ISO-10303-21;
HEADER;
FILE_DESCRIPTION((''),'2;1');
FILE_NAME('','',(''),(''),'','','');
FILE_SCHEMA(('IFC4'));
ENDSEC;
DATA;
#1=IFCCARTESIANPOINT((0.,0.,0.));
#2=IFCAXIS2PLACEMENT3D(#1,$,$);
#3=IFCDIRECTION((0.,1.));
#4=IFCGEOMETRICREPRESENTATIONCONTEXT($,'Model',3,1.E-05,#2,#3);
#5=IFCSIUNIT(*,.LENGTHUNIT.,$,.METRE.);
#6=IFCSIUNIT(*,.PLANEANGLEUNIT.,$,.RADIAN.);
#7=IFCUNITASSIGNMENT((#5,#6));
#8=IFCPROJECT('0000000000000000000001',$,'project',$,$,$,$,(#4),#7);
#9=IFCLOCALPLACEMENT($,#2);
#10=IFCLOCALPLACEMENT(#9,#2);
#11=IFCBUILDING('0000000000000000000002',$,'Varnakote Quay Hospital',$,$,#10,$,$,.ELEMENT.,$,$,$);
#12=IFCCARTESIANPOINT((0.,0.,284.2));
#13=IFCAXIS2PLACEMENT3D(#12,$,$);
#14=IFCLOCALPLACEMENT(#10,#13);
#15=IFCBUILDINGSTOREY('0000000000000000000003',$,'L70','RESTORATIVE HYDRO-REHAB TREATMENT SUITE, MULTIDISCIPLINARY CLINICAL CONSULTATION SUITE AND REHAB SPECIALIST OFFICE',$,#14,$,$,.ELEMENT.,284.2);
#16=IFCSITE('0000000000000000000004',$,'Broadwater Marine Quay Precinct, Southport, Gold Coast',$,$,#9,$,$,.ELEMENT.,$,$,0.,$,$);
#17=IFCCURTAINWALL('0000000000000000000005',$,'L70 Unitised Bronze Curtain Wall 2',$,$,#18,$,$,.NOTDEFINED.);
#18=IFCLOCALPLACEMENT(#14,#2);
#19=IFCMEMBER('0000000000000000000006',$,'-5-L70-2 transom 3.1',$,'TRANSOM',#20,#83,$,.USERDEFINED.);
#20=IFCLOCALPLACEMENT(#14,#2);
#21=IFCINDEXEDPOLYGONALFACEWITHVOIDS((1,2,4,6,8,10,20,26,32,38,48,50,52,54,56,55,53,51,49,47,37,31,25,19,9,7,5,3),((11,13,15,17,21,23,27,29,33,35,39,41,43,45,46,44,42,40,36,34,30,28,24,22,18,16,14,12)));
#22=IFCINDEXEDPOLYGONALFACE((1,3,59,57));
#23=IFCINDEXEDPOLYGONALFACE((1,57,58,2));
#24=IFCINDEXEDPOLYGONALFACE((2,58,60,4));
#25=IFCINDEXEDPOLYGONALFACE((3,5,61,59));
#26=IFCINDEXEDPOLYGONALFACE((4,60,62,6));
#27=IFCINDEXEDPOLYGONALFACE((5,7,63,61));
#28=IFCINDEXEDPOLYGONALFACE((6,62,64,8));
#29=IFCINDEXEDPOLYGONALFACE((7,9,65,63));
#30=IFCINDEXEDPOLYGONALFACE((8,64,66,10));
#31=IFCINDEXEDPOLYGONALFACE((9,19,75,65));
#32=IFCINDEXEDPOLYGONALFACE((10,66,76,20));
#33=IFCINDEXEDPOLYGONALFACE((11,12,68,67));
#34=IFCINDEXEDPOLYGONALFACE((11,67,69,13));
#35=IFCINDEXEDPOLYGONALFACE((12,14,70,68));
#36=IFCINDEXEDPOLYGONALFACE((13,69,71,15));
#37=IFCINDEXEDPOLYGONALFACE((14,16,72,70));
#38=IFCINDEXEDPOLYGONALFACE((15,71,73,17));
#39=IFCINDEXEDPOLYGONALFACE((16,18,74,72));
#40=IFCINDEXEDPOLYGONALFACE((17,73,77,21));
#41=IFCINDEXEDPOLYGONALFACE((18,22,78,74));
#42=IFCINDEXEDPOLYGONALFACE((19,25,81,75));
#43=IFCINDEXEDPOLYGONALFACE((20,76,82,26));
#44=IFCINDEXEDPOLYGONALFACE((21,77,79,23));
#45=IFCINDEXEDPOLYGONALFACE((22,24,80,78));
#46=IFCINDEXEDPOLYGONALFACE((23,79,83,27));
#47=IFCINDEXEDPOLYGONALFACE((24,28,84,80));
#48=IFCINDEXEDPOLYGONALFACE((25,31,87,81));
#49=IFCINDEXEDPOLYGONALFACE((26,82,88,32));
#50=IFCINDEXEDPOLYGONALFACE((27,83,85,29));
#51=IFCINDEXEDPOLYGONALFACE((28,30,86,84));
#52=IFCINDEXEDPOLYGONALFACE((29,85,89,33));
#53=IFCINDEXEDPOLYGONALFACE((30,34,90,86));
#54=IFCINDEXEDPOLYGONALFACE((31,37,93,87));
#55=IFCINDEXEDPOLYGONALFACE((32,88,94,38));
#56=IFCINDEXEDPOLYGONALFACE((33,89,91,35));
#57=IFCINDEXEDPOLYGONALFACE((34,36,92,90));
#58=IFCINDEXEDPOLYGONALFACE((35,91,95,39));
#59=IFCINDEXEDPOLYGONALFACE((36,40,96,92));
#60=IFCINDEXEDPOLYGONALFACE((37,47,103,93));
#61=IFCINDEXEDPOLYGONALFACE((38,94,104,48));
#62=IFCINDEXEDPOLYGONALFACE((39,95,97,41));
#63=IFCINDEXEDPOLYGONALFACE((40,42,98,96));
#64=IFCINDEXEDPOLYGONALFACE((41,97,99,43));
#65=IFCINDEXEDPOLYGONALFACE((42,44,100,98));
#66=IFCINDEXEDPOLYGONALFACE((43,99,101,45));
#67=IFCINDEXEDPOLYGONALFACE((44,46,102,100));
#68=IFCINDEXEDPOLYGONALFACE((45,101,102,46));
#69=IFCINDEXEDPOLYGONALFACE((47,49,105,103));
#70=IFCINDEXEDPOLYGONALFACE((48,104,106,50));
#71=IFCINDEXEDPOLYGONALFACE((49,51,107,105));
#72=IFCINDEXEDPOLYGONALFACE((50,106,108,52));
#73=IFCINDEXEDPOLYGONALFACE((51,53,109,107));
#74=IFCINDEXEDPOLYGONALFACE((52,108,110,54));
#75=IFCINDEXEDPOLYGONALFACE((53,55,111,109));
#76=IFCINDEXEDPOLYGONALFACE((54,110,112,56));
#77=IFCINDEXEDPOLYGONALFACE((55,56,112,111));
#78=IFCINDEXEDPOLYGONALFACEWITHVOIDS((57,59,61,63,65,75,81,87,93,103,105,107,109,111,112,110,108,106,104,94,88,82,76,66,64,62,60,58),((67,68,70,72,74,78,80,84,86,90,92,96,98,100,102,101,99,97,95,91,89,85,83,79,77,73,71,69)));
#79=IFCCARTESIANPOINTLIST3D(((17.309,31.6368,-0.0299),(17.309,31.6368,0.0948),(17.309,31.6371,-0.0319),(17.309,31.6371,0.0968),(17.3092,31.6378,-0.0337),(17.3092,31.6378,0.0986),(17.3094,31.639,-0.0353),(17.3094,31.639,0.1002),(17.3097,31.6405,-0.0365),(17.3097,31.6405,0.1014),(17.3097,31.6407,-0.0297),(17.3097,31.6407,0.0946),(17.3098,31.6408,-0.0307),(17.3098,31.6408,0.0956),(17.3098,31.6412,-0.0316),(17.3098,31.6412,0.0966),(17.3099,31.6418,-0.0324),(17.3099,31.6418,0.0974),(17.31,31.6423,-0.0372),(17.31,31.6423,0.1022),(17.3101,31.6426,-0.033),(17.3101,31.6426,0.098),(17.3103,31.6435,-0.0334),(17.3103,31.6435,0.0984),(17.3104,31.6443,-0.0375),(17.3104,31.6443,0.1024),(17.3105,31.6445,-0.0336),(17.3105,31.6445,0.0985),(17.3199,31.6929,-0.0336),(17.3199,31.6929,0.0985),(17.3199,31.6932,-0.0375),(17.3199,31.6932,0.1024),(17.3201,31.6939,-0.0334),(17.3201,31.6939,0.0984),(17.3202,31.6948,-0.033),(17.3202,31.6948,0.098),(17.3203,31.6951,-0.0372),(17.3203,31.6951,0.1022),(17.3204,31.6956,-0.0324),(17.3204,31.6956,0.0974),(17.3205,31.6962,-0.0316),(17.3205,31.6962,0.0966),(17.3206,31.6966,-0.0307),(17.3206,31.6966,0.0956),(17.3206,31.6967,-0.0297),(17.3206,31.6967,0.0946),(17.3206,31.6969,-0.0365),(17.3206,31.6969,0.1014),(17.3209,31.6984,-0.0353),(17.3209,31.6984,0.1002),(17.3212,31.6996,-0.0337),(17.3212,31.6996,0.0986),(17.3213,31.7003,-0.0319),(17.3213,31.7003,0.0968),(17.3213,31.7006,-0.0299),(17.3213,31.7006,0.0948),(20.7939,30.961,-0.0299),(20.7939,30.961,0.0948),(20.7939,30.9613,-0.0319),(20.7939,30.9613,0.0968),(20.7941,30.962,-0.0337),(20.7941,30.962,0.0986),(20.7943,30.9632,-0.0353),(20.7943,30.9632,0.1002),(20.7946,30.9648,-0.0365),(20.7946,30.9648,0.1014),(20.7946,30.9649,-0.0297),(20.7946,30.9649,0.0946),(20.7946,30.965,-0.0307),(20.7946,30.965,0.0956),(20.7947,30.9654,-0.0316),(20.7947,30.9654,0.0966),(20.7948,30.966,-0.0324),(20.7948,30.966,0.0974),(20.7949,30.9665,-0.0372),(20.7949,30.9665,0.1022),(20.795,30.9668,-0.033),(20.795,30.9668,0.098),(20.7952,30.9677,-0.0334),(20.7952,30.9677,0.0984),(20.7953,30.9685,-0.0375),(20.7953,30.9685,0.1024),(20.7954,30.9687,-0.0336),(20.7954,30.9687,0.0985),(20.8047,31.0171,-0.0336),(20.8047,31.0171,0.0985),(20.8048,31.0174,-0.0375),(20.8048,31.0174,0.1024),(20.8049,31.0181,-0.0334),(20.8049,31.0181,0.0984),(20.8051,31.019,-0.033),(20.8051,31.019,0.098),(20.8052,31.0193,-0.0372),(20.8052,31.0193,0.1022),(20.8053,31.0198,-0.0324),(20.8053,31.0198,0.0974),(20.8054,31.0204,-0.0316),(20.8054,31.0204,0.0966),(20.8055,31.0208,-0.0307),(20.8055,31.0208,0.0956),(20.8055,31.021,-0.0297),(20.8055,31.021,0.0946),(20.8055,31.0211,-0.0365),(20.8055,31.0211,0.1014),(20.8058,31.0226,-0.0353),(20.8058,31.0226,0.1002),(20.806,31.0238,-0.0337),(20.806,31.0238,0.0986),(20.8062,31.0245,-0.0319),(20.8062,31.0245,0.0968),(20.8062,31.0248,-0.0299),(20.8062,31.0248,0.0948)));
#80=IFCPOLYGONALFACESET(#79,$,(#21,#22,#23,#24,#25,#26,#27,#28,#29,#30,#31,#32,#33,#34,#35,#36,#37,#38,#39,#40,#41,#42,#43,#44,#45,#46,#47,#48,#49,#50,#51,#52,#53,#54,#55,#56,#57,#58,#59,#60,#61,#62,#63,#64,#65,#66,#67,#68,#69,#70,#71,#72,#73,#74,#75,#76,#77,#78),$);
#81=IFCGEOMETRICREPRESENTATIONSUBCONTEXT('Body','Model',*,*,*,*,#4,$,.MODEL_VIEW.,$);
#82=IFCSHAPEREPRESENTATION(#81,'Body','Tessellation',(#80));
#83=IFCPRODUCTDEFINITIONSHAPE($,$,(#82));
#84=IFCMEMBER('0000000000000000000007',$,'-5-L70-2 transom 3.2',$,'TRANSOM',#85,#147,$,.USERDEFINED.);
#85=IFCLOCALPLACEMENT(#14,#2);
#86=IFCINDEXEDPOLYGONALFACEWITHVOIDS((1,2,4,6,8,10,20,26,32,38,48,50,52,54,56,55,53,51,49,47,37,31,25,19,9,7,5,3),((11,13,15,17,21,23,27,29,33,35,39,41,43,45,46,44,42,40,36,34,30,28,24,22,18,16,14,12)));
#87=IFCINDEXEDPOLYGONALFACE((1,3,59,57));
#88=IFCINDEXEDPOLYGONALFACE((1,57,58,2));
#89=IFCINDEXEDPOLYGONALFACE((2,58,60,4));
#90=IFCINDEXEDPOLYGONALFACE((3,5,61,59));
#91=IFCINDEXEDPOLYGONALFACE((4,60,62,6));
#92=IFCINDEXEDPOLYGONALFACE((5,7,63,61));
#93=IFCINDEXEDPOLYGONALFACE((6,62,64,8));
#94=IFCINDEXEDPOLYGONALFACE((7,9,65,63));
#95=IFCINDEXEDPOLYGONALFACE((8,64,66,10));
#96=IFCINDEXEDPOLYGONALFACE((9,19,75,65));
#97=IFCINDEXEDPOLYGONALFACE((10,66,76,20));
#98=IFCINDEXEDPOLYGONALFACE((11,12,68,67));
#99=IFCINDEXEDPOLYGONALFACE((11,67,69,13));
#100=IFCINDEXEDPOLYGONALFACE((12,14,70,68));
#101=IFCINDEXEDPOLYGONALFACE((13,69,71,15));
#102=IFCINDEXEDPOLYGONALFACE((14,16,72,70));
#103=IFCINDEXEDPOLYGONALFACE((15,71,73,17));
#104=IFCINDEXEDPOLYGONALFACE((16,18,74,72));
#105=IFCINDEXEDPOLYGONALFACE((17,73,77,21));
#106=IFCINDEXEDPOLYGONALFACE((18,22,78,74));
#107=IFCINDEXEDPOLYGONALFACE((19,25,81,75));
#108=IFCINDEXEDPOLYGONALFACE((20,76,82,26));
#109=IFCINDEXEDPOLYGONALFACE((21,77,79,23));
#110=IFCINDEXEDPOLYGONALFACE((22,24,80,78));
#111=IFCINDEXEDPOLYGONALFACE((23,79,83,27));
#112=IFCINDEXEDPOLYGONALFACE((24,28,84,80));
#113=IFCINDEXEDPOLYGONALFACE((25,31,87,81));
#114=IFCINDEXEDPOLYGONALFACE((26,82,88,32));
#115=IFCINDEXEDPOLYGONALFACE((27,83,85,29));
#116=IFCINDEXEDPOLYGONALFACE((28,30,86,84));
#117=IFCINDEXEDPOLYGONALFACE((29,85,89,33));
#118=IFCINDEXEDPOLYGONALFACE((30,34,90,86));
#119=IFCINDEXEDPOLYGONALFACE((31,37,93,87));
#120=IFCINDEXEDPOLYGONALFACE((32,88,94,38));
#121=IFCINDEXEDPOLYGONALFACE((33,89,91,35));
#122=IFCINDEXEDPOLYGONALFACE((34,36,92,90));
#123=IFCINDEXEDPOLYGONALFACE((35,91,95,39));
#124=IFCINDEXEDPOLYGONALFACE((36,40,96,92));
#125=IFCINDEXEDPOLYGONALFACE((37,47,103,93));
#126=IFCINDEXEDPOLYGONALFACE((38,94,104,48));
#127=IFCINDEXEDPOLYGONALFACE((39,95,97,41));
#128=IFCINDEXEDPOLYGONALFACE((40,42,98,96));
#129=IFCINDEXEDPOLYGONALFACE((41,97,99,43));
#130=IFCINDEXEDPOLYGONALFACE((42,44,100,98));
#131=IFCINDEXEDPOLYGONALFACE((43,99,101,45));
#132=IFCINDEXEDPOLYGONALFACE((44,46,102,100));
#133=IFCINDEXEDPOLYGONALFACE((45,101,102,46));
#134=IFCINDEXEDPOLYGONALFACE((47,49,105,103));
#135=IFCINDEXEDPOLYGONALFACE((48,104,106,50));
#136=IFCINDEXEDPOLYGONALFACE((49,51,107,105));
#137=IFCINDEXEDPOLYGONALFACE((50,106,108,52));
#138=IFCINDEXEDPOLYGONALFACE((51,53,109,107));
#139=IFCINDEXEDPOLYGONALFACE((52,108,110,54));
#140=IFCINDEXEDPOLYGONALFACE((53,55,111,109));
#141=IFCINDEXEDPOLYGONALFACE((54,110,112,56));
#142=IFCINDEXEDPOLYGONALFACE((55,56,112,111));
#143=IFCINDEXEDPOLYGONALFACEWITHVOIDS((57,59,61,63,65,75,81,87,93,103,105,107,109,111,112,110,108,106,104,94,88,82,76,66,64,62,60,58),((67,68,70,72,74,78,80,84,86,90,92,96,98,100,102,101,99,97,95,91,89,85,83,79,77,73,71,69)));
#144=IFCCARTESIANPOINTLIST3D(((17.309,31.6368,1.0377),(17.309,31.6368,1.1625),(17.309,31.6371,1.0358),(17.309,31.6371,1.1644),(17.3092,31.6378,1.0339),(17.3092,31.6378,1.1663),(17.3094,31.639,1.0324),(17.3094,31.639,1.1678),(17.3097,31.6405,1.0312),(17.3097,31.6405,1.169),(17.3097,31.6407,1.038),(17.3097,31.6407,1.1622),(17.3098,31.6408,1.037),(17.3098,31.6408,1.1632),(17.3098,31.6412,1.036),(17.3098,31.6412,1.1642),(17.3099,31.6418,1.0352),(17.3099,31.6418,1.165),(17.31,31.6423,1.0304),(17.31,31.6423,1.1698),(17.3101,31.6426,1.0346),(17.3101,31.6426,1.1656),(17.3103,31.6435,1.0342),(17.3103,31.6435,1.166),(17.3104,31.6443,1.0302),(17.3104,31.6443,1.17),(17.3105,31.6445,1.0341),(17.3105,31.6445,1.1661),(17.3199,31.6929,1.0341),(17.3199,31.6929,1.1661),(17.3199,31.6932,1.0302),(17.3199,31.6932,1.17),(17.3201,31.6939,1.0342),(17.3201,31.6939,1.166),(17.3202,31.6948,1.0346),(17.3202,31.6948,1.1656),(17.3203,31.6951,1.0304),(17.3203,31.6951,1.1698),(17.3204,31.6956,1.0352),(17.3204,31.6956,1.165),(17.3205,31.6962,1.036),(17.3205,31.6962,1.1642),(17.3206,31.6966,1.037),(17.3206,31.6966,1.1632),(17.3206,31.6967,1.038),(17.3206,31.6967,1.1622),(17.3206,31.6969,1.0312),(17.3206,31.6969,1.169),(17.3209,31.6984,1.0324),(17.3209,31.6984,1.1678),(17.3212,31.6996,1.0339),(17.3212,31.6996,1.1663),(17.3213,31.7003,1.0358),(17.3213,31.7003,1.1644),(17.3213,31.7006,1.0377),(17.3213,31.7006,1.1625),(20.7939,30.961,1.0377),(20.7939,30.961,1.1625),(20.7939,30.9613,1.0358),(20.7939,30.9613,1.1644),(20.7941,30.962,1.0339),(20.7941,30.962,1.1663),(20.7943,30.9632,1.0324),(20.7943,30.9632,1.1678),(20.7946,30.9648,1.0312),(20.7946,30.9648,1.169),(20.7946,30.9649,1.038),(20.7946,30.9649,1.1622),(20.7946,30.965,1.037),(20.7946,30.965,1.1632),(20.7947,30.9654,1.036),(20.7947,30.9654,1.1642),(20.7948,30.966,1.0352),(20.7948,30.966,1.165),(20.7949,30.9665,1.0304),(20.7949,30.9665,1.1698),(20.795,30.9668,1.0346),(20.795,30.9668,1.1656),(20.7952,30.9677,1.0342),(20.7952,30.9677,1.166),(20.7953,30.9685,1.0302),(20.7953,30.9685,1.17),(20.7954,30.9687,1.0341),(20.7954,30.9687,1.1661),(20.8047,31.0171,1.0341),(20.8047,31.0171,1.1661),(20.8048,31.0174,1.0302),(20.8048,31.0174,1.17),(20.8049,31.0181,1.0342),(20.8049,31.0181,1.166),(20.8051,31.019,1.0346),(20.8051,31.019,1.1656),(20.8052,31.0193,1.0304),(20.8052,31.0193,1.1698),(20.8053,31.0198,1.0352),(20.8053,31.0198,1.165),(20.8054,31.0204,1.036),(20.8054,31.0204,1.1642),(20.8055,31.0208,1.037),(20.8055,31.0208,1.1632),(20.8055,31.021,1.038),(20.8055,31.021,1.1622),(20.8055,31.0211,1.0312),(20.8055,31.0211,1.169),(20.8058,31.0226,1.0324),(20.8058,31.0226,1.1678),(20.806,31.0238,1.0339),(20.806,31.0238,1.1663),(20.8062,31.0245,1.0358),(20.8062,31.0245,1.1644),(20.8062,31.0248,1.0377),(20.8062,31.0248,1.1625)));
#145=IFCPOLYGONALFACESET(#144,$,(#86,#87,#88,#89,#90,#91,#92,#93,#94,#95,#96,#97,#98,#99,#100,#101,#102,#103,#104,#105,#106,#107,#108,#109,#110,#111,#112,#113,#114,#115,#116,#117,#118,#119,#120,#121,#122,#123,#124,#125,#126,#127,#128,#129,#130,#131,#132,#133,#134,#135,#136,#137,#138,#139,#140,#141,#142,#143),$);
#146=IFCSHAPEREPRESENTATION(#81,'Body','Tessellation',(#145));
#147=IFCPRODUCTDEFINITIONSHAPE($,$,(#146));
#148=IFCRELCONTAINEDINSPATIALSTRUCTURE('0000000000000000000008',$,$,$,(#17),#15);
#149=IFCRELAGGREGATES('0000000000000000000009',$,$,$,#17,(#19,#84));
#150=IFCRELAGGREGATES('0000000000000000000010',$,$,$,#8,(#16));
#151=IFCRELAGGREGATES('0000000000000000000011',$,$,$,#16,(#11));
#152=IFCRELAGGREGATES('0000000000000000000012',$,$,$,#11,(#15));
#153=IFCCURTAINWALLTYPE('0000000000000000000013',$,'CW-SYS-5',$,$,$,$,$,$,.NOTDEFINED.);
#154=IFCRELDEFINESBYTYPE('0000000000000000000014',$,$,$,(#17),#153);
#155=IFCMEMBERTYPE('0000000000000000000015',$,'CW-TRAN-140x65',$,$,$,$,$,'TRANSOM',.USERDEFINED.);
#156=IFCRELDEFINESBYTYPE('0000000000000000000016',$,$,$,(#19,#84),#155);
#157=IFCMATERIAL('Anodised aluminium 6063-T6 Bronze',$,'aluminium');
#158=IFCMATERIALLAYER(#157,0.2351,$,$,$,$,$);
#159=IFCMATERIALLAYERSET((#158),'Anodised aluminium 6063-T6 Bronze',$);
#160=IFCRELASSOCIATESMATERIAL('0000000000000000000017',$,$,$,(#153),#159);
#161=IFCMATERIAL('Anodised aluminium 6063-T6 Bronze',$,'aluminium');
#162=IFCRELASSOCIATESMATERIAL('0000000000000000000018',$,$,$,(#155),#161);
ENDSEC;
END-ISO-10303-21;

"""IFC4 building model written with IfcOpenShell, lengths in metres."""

from ifc_helpers import new_model, si_unit, direction, frame, origin, origin_2d, place, context, subcontext, project, spatial, hollow_rectangle, extrude, material, layer, layer_set, material_profile, profile_set, type_object, element, aggregate, save


model = new_model("IFC4")

# Units and contexts
model_context = context("Model", 3, precision=1e-05, world=origin(), true_north=direction((0.0, 1.0)))
body_context = subcontext(model_context, "Body", "Model", "MODEL_VIEW")
ifc_project = project(units=[si_unit("LENGTHUNIT", "METRE"), si_unit("PLANEANGLEUNIT", "RADIAN")], contexts=[model_context])

# Site, building, storey
site_placement = place(None, origin())
site = spatial("IfcSite", under=ifc_project, at=site_placement, Name="Broadwater Marine Quay Precinct, Southport, Gold Coast", CompositionType="ELEMENT", RefElevation=0.0)
building_placement = place(site_placement, origin())
building = spatial("IfcBuilding", under=site, at=building_placement, Name="Varnakote Quay Hospital", CompositionType="ELEMENT")
storey_placement = place(building_placement, frame((0.0, 0.0, 284.2)))
storey = spatial("IfcBuildingStorey", under=building, at=storey_placement, Name="L70", Description="RESTORATIVE HYDRO-REHAB TREATMENT SUITE, MULTIDISCIPLINARY CLINICAL CONSULTATION SUITE AND REHAB SPECIALIST OFFICE", CompositionType="ELEMENT", Elevation=284.2)

# Shared definitions
ifc_material_1 = material(Name="Anodised aluminium 6063-T6 Bronze", Category="aluminium")
ifc_layer_1 = layer(ifc_material_1, 0.2351)
ifc_layer_set_1 = layer_set([ifc_layer_1], Name="Anodised aluminium 6063-T6 Bronze")
curtain_wall_type = type_object("IfcCurtainWallType", Name="CW-SYS-5", PredefinedType="NOTDEFINED", material=ifc_layer_set_1)

# Curtain wall, members
curtain_wall_1_placement = place(storey_placement, origin())
curtain_wall_1 = element("IfcCurtainWall", 1, at=curtain_wall_1_placement, inside=storey, type_object=curtain_wall_type, Name="L70 Unitised Bronze Curtain Wall 2", PredefinedType="NOTDEFINED")
ifc_material_2 = material(Name="Anodised aluminium 6063-T6 Bronze", Category="aluminium")
ifc_material_profile_1 = material_profile(ifc_material_2, hollow_rectangle(XDim=0.0649, YDim=0.1399, WallThickness=0.0039, InnerFilletRadius=0.0039, OuterFilletRadius=0.0076, at=origin_2d()), Name="CW-TRAN-140x65")
ifc_profile_set_1 = profile_set([ifc_material_profile_1], Name="Anodised aluminium 6063-T6 Bronze")
member_type_1 = type_object("IfcMemberType", Name="CW-TRAN-140x65", ElementType="TRANSOM", PredefinedType="USERDEFINED", material=ifc_profile_set_1)
member_1_placement = place(storey_placement, frame((20.8, 30.9929, 0.0325), z_axis=(-0.981712, 0.190373, 0.0), x_axis=(-0.190373, -0.981712, 0.0)))
member_1 = element("IfcMember", 2, at=member_1_placement, type_object=member_type_1, Name="-5-L70-2 transom 3.1", ObjectType="TRANSOM", PredefinedType="USERDEFINED", context=body_context, shape_type="SweptSolid", body=[
    extrude(hollow_rectangle(XDim=0.0649, YDim=0.1399, WallThickness=0.0039, InnerFilletRadius=0.0039, OuterFilletRadius=0.0076, at=origin_2d()), origin(), (0.0, 0.0, 1.0), 3.5498),
])
member_2_placement = place(storey_placement, frame((20.8, 30.9929, 1.1001), z_axis=(-0.981712, 0.190373, 0.0), x_axis=(-0.190373, -0.981712, 0.0)))
member_2 = element("IfcMember", 3, at=member_2_placement, type_object=member_type_1, Name="-5-L70-2 transom 3.2", ObjectType="TRANSOM", PredefinedType="USERDEFINED", context=body_context, shape_type="SweptSolid", body=[
    extrude(hollow_rectangle(XDim=0.0649, YDim=0.1399, WallThickness=0.0039, InnerFilletRadius=0.0039, OuterFilletRadius=0.0076, at=origin_2d()), origin(), (0.0, 0.0, 1.0), 3.5498),
])

aggregate(curtain_wall_1, [member_1, member_2])

save(model, "model.ifc")
